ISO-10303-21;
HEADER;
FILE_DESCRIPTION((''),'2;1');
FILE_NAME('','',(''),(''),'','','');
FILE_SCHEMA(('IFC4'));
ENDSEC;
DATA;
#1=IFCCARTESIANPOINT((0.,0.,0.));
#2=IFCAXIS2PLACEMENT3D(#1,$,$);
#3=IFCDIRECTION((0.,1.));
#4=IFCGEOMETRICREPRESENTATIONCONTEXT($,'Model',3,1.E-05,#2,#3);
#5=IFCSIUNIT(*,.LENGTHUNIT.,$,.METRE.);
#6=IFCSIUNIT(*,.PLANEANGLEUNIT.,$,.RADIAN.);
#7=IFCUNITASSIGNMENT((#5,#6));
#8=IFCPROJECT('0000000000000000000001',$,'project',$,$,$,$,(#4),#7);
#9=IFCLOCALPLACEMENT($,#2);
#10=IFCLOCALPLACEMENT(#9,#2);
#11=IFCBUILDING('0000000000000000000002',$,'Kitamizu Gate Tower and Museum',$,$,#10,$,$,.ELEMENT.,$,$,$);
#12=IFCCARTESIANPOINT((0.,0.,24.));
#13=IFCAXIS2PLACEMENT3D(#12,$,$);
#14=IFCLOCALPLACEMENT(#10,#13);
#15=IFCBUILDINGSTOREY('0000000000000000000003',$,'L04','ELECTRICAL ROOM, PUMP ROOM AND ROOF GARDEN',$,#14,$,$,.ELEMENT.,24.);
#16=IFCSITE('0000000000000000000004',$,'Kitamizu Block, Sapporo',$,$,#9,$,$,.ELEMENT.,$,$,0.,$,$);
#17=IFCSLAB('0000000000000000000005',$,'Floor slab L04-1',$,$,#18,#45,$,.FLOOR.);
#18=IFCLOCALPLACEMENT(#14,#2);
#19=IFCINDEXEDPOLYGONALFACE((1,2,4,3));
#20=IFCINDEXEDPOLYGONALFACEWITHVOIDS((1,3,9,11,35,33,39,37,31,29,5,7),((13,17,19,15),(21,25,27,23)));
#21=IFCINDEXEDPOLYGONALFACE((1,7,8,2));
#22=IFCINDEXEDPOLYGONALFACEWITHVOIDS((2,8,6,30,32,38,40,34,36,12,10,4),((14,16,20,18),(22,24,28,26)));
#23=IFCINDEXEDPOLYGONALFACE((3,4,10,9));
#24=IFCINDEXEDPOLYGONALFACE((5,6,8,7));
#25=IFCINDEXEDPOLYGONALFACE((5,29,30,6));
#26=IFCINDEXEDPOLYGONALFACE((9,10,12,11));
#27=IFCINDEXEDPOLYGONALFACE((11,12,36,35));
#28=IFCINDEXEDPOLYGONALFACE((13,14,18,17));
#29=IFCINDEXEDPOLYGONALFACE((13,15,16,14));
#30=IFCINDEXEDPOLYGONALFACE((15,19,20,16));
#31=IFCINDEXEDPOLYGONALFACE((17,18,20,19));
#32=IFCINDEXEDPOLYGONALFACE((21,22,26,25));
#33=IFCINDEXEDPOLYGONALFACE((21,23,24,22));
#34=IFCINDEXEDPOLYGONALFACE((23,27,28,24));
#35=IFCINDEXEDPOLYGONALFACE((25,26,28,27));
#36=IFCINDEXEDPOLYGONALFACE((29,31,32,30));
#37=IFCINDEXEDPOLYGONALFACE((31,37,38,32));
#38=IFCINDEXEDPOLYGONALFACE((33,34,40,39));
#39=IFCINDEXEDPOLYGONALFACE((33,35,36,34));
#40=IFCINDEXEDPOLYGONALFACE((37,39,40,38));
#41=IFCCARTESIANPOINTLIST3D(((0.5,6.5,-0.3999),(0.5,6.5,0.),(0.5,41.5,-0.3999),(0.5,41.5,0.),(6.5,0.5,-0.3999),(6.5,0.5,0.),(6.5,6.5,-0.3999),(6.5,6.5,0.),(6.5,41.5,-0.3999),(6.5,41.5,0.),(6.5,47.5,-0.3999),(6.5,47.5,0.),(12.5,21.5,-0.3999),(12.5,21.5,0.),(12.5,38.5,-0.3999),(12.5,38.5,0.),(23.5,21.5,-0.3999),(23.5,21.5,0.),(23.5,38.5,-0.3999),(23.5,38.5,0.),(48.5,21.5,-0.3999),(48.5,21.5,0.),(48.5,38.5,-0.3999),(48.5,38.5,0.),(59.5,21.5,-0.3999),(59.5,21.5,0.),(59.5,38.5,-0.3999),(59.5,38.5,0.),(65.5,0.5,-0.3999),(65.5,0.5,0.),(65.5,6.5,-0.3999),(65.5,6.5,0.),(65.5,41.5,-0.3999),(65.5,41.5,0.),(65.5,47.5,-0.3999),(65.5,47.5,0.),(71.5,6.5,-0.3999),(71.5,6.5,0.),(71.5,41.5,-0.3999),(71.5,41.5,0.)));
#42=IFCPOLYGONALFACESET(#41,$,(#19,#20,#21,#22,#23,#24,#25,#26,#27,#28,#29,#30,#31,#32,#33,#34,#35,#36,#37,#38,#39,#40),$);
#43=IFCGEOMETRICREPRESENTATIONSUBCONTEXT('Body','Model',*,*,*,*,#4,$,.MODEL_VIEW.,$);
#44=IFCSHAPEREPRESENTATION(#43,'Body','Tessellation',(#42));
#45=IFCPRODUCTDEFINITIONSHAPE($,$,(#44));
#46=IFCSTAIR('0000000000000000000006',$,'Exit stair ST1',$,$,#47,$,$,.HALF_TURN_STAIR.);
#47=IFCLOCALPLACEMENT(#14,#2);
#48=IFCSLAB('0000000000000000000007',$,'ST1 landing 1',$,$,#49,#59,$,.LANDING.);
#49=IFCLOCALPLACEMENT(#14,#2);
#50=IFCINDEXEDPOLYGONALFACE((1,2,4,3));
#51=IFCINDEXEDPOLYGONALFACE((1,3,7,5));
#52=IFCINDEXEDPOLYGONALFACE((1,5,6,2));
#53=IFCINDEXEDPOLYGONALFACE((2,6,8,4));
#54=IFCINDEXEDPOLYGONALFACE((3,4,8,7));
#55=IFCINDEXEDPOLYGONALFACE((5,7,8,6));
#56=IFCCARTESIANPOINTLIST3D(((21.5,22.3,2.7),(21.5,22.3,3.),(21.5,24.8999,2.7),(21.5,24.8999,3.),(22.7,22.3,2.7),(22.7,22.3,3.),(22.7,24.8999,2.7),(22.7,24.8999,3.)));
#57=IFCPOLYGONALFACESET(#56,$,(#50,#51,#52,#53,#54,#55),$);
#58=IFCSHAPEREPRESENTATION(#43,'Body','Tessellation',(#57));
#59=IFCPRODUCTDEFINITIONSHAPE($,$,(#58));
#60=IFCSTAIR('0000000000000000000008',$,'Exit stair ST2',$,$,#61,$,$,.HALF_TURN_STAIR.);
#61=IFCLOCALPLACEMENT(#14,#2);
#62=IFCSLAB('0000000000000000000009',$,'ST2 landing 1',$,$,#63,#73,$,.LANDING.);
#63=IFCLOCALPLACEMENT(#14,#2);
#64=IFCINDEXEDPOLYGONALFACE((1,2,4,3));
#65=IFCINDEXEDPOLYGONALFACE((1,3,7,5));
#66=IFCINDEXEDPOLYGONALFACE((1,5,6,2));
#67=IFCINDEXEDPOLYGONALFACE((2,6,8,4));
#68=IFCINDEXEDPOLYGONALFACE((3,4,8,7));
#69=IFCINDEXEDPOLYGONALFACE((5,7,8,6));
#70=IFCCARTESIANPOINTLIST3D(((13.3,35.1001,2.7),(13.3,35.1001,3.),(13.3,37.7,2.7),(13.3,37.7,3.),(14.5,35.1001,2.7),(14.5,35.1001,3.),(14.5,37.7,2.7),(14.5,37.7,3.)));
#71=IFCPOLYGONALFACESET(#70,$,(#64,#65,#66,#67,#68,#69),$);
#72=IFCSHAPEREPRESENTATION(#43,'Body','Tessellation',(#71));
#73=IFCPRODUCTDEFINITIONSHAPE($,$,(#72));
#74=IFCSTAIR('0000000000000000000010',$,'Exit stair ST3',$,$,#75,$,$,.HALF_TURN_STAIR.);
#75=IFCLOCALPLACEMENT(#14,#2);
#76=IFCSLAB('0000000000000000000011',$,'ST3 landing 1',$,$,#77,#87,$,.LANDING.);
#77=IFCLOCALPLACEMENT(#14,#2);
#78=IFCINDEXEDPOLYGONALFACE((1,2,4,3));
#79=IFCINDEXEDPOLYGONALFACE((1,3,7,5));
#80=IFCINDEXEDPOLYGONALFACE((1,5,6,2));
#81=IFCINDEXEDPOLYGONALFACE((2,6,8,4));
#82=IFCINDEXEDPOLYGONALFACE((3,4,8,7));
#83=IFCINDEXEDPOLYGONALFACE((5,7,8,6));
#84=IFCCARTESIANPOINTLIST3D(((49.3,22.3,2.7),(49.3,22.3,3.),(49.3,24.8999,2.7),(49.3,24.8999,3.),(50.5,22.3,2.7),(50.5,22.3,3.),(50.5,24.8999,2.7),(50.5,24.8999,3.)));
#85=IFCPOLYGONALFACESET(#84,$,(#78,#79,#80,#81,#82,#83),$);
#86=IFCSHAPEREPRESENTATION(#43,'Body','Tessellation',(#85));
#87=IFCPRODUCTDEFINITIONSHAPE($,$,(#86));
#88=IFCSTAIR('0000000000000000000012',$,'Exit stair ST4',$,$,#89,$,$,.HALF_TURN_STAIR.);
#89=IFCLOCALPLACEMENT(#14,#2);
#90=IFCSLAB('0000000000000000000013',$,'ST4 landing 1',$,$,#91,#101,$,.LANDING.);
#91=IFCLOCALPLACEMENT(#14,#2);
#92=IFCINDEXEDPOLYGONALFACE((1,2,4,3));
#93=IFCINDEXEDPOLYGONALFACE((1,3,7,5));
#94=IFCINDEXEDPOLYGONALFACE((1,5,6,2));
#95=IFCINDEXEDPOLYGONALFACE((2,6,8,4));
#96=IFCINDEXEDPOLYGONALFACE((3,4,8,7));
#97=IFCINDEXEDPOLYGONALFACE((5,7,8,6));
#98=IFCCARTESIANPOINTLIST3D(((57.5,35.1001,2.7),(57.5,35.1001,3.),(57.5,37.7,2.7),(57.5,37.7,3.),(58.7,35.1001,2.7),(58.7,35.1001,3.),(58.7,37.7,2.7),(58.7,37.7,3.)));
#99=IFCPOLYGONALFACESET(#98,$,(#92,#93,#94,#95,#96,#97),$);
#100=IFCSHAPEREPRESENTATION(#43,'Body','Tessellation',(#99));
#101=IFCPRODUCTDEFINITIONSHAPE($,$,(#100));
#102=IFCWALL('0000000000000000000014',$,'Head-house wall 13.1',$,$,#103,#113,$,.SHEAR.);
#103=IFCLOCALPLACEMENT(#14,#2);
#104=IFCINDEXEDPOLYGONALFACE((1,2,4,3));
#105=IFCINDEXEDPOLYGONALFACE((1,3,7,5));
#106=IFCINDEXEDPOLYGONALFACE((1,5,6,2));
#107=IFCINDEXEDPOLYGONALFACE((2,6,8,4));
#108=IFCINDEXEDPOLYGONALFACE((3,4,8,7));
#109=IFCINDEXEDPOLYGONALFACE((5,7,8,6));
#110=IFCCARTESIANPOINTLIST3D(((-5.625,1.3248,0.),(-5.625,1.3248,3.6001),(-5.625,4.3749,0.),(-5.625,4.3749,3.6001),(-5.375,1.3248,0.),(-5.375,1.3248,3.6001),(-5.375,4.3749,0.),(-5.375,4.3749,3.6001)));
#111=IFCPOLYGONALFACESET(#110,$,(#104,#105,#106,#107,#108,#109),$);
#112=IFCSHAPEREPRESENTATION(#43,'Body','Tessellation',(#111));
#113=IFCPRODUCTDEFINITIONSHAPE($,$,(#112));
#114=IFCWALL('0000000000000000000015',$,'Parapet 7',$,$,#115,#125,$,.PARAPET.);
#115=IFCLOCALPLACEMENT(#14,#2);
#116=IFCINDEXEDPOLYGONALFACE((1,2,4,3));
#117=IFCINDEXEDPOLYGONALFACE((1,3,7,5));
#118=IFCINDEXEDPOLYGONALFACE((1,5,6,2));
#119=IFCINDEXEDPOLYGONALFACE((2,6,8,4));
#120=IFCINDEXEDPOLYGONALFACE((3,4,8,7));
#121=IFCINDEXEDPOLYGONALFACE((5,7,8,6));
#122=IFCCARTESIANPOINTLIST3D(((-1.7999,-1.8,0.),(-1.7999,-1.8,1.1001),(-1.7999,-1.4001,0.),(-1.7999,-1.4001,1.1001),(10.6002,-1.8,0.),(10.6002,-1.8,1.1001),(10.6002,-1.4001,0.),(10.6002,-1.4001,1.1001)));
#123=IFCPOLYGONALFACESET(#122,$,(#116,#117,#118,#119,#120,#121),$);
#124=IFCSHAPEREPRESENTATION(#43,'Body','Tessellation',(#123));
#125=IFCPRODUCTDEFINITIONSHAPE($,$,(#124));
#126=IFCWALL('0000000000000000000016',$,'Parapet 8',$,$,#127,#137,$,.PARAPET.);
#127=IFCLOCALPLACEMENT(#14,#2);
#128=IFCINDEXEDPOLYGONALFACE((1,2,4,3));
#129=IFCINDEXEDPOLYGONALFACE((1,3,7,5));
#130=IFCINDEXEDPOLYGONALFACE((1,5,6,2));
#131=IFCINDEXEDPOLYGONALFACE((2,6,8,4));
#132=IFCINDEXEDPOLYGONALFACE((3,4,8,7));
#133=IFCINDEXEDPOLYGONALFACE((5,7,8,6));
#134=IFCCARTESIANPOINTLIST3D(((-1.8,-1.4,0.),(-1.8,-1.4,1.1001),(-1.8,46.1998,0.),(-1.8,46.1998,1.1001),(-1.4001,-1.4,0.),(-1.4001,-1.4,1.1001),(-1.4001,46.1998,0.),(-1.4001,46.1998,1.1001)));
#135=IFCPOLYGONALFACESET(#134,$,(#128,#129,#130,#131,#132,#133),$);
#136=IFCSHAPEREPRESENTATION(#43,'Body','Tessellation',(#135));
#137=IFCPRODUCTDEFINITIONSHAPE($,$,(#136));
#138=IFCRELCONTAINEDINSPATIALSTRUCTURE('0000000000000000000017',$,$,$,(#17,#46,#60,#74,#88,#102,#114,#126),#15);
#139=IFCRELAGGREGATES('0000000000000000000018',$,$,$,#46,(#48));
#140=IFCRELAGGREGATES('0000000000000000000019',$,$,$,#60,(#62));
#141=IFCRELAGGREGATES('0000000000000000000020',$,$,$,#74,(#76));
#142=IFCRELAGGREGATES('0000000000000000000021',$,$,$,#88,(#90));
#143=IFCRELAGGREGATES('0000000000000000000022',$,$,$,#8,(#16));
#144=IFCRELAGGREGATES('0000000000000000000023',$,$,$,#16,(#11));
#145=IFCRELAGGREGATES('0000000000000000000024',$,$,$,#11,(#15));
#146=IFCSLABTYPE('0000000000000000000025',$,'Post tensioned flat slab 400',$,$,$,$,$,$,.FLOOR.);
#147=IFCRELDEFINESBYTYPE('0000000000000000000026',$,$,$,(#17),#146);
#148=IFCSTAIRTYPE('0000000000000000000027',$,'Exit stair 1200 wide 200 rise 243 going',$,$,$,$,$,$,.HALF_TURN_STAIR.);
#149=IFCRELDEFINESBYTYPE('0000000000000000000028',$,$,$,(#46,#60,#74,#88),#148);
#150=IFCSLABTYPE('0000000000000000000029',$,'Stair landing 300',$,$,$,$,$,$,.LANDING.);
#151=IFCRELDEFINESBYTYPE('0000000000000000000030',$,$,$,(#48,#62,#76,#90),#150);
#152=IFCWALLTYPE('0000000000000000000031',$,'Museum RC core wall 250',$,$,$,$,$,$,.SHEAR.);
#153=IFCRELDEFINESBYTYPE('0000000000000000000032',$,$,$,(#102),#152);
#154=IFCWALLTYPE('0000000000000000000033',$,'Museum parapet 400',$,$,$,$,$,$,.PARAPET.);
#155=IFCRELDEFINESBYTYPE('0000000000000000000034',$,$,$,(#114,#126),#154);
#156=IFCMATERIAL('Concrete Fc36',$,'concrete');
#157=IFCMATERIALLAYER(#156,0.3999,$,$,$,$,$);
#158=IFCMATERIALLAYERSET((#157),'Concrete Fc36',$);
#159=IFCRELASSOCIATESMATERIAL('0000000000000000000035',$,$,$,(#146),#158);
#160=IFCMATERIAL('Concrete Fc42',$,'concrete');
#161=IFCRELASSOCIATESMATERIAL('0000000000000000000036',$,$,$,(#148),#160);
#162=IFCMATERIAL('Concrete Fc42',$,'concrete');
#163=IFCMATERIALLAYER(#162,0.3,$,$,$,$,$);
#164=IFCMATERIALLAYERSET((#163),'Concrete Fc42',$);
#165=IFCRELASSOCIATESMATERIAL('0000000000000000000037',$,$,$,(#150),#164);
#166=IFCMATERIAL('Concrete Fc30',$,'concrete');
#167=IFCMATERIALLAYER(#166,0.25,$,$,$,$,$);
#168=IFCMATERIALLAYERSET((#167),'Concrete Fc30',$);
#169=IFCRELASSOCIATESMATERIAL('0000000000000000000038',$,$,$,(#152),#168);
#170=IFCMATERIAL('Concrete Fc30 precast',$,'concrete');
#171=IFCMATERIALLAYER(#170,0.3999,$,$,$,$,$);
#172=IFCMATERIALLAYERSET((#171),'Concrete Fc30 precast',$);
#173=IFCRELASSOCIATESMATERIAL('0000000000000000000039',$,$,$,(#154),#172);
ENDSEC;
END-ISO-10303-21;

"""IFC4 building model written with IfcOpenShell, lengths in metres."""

from ifc_helpers import new_model, si_unit, direction, frame, frame_2d, origin, place, context, subcontext, project, spatial, polyline, rectangle, outline, extrude, material, layer, layer_set, type_object, element, aggregate, save


model = new_model("IFC4")

# Units and contexts
model_context = context("Model", 3, precision=1e-05, world=origin(), true_north=direction((0.0, 1.0)))
body_context = subcontext(model_context, "Body", "Model", "MODEL_VIEW")
ifc_project = project(units=[si_unit("LENGTHUNIT", "METRE"), si_unit("PLANEANGLEUNIT", "RADIAN")], contexts=[model_context])

# Site, building, storey
site_placement = place(None, origin())
site = spatial("IfcSite", under=ifc_project, at=site_placement, Name="Kitamizu Block, Sapporo", CompositionType="ELEMENT", RefElevation=0.0)
building_placement = place(site_placement, origin())
building = spatial("IfcBuilding", under=site, at=building_placement, Name="Kitamizu Gate Tower and Museum", CompositionType="ELEMENT")
storey_placement = place(building_placement, frame((0.0, 0.0, 24.0)))
storey = spatial("IfcBuildingStorey", under=building, at=storey_placement, Name="L04", Description="ELECTRICAL ROOM, PUMP ROOM AND ROOF GARDEN", CompositionType="ELEMENT", Elevation=24.0)

# Slab
ifc_material_1 = material(Name="Concrete Fc36", Category="concrete")
ifc_layer_1 = layer(ifc_material_1, 0.3999)
ifc_layer_set_1 = layer_set([ifc_layer_1], Name="Concrete Fc36")
slab_type_1 = type_object("IfcSlabType", Name="Post tensioned flat slab 400", PredefinedType="FLOOR", material=ifc_layer_set_1)
slab_1_placement = place(storey_placement, frame((0.0, 0.0, -0.3999)))
element("IfcSlab", 1, at=slab_1_placement, inside=storey, type_object=slab_type_1, Name="Floor slab L04-1", PredefinedType="FLOOR", context=body_context, shape_type="SweptSolid", body=[
    extrude(outline(polyline([(6.5, 41.5), (6.5, 47.5), (65.5, 47.5), (65.5, 41.5), (71.5, 41.5), (71.5, 6.5), (65.5, 6.5), (65.5, 0.5), (6.5, 0.5), (6.5, 6.5), (0.5, 6.5), (0.5, 41.5), (6.5, 41.5)]), holes=[polyline([(59.5, 38.5), (48.5, 38.5), (48.5, 21.5), (59.5, 21.5), (59.5, 38.5)]), polyline([(12.5, 38.5), (12.5, 21.5), (23.5, 21.5), (23.5, 38.5), (12.5, 38.5)])]), origin(), (0.0, 0.0, 1.0), 0.3999),
])

# Stairs, slabs
ifc_material_2 = material(Name="Concrete Fc42", Category="concrete")
stair_type = type_object("IfcStairType", Name="Exit stair 1200 wide 200 rise 243 going", PredefinedType="HALF_TURN_STAIR", material=ifc_material_2)
stair_1_placement = place(storey_placement, origin())
stair_1 = element("IfcStair", 2, at=stair_1_placement, inside=storey, type_object=stair_type, Name="Exit stair ST1", PredefinedType="HALF_TURN_STAIR")
ifc_material_3 = material(Name="Concrete Fc42", Category="concrete")
ifc_layer_2 = layer(ifc_material_3, 0.3)
ifc_layer_set_2 = layer_set([ifc_layer_2], Name="Concrete Fc42")
slab_type_2 = type_object("IfcSlabType", Name="Stair landing 300", PredefinedType="LANDING", material=ifc_layer_set_2)
slab_2_placement = place(storey_placement, frame((0.0, 0.0, 2.7)))
slab_2 = element("IfcSlab", 3, at=slab_2_placement, type_object=slab_type_2, Name="ST1 landing 1", PredefinedType="LANDING", context=body_context, shape_type="SweptSolid", body=[
    extrude(outline(polyline([(21.5, 22.3), (22.7, 22.3), (22.7, 24.8999), (21.5, 24.8999), (21.5, 22.3)])), origin(), (0.0, 0.0, 1.0), 0.3),
])
aggregate(stair_1, [slab_2])
stair_2_placement = place(storey_placement, origin())
stair_2 = element("IfcStair", 4, at=stair_2_placement, inside=storey, type_object=stair_type, Name="Exit stair ST2", PredefinedType="HALF_TURN_STAIR")
slab_3_placement = place(storey_placement, frame((0.0, 0.0, 2.7)))
slab_3 = element("IfcSlab", 5, at=slab_3_placement, type_object=slab_type_2, Name="ST2 landing 1", PredefinedType="LANDING", context=body_context, shape_type="SweptSolid", body=[
    extrude(outline(polyline([(13.3, 35.1001), (14.5, 35.1001), (14.5, 37.7), (13.3, 37.7), (13.3, 35.1001)])), origin(), (0.0, 0.0, 1.0), 0.3),
])
aggregate(stair_2, [slab_3])
stair_3_placement = place(storey_placement, origin())
stair_3 = element("IfcStair", 6, at=stair_3_placement, inside=storey, type_object=stair_type, Name="Exit stair ST3", PredefinedType="HALF_TURN_STAIR")
slab_4_placement = place(storey_placement, frame((0.0, 0.0, 2.7)))
slab_4 = element("IfcSlab", 7, at=slab_4_placement, type_object=slab_type_2, Name="ST3 landing 1", PredefinedType="LANDING", context=body_context, shape_type="SweptSolid", body=[
    extrude(outline(polyline([(49.3, 22.3), (50.5, 22.3), (50.5, 24.8999), (49.3, 24.8999), (49.3, 22.3)])), origin(), (0.0, 0.0, 1.0), 0.3),
])
aggregate(stair_3, [slab_4])
stair_4_placement = place(storey_placement, origin())
stair_4 = element("IfcStair", 8, at=stair_4_placement, inside=storey, type_object=stair_type, Name="Exit stair ST4", PredefinedType="HALF_TURN_STAIR")
slab_5_placement = place(storey_placement, frame((0.0, 0.0, 2.7)))
slab_5 = element("IfcSlab", 9, at=slab_5_placement, type_object=slab_type_2, Name="ST4 landing 1", PredefinedType="LANDING", context=body_context, shape_type="SweptSolid", body=[
    extrude(outline(polyline([(57.5, 35.1001), (58.7, 35.1001), (58.7, 37.7), (57.5, 37.7), (57.5, 35.1001)])), origin(), (0.0, 0.0, 1.0), 0.3),
])
aggregate(stair_4, [slab_5])

# Walls
ifc_material_4 = material(Name="Concrete Fc30", Category="concrete")
ifc_layer_3 = layer(ifc_material_4, 0.25)
ifc_layer_set_3 = layer_set([ifc_layer_3], Name="Concrete Fc30")
wall_type_1 = type_object("IfcWallType", Name="Museum RC core wall 250", PredefinedType="SHEAR", material=ifc_layer_set_3)
wall_1_placement = place(storey_placement, frame((-5.5, 1.325, 0.0), z_axis=(0.0, 0.0, 1.0), x_axis=(0.0, 1.0, 0.0)))
element("IfcWall", 10, at=wall_1_placement, inside=storey, type_object=wall_type_1, Name="Head-house wall 13.1", PredefinedType="SHEAR", context=body_context, shape_type="SweptSolid", body=[
    extrude(rectangle(XDim=3.05, YDim=0.25, at=frame_2d((1.5249, 0.0))), origin(), (0.0, 0.0, 1.0), 3.6001),
])
ifc_material_5 = material(Name="Concrete Fc30 precast", Category="concrete")
ifc_layer_4 = layer(ifc_material_5, 0.3999)
ifc_layer_set_4 = layer_set([ifc_layer_4], Name="Concrete Fc30 precast")
wall_type_2 = type_object("IfcWallType", Name="Museum parapet 400", PredefinedType="PARAPET", material=ifc_layer_set_4)
wall_2_placement = place(storey_placement, frame((-1.8, -1.6001, 0.0), z_axis=(0.0, 0.0, 1.0), x_axis=(1.0, 0.0, 0.0)))
element("IfcWall", 11, at=wall_2_placement, inside=storey, type_object=wall_type_2, Name="Parapet 7", PredefinedType="PARAPET", context=body_context, shape_type="SweptSolid", body=[
    extrude(rectangle(XDim=12.4001, YDim=0.3999, at=frame_2d((6.2002, 0.0))), origin(), (0.0, 0.0, 1.0), 1.1001),
])
wall_3_placement = place(storey_placement, frame((-1.6001, -1.3999, 0.0), z_axis=(0.0, 0.0, 1.0), x_axis=(0.0, 1.0, 0.0)))
element("IfcWall", 12, at=wall_3_placement, inside=storey, type_object=wall_type_2, Name="Parapet 8", PredefinedType="PARAPET", context=body_context, shape_type="SweptSolid", body=[
    extrude(rectangle(XDim=47.5999, YDim=0.3999, at=frame_2d((23.7998, 0.0))), origin(), (0.0, 0.0, 1.0), 1.1001),
])

save(model, "model.ifc")
